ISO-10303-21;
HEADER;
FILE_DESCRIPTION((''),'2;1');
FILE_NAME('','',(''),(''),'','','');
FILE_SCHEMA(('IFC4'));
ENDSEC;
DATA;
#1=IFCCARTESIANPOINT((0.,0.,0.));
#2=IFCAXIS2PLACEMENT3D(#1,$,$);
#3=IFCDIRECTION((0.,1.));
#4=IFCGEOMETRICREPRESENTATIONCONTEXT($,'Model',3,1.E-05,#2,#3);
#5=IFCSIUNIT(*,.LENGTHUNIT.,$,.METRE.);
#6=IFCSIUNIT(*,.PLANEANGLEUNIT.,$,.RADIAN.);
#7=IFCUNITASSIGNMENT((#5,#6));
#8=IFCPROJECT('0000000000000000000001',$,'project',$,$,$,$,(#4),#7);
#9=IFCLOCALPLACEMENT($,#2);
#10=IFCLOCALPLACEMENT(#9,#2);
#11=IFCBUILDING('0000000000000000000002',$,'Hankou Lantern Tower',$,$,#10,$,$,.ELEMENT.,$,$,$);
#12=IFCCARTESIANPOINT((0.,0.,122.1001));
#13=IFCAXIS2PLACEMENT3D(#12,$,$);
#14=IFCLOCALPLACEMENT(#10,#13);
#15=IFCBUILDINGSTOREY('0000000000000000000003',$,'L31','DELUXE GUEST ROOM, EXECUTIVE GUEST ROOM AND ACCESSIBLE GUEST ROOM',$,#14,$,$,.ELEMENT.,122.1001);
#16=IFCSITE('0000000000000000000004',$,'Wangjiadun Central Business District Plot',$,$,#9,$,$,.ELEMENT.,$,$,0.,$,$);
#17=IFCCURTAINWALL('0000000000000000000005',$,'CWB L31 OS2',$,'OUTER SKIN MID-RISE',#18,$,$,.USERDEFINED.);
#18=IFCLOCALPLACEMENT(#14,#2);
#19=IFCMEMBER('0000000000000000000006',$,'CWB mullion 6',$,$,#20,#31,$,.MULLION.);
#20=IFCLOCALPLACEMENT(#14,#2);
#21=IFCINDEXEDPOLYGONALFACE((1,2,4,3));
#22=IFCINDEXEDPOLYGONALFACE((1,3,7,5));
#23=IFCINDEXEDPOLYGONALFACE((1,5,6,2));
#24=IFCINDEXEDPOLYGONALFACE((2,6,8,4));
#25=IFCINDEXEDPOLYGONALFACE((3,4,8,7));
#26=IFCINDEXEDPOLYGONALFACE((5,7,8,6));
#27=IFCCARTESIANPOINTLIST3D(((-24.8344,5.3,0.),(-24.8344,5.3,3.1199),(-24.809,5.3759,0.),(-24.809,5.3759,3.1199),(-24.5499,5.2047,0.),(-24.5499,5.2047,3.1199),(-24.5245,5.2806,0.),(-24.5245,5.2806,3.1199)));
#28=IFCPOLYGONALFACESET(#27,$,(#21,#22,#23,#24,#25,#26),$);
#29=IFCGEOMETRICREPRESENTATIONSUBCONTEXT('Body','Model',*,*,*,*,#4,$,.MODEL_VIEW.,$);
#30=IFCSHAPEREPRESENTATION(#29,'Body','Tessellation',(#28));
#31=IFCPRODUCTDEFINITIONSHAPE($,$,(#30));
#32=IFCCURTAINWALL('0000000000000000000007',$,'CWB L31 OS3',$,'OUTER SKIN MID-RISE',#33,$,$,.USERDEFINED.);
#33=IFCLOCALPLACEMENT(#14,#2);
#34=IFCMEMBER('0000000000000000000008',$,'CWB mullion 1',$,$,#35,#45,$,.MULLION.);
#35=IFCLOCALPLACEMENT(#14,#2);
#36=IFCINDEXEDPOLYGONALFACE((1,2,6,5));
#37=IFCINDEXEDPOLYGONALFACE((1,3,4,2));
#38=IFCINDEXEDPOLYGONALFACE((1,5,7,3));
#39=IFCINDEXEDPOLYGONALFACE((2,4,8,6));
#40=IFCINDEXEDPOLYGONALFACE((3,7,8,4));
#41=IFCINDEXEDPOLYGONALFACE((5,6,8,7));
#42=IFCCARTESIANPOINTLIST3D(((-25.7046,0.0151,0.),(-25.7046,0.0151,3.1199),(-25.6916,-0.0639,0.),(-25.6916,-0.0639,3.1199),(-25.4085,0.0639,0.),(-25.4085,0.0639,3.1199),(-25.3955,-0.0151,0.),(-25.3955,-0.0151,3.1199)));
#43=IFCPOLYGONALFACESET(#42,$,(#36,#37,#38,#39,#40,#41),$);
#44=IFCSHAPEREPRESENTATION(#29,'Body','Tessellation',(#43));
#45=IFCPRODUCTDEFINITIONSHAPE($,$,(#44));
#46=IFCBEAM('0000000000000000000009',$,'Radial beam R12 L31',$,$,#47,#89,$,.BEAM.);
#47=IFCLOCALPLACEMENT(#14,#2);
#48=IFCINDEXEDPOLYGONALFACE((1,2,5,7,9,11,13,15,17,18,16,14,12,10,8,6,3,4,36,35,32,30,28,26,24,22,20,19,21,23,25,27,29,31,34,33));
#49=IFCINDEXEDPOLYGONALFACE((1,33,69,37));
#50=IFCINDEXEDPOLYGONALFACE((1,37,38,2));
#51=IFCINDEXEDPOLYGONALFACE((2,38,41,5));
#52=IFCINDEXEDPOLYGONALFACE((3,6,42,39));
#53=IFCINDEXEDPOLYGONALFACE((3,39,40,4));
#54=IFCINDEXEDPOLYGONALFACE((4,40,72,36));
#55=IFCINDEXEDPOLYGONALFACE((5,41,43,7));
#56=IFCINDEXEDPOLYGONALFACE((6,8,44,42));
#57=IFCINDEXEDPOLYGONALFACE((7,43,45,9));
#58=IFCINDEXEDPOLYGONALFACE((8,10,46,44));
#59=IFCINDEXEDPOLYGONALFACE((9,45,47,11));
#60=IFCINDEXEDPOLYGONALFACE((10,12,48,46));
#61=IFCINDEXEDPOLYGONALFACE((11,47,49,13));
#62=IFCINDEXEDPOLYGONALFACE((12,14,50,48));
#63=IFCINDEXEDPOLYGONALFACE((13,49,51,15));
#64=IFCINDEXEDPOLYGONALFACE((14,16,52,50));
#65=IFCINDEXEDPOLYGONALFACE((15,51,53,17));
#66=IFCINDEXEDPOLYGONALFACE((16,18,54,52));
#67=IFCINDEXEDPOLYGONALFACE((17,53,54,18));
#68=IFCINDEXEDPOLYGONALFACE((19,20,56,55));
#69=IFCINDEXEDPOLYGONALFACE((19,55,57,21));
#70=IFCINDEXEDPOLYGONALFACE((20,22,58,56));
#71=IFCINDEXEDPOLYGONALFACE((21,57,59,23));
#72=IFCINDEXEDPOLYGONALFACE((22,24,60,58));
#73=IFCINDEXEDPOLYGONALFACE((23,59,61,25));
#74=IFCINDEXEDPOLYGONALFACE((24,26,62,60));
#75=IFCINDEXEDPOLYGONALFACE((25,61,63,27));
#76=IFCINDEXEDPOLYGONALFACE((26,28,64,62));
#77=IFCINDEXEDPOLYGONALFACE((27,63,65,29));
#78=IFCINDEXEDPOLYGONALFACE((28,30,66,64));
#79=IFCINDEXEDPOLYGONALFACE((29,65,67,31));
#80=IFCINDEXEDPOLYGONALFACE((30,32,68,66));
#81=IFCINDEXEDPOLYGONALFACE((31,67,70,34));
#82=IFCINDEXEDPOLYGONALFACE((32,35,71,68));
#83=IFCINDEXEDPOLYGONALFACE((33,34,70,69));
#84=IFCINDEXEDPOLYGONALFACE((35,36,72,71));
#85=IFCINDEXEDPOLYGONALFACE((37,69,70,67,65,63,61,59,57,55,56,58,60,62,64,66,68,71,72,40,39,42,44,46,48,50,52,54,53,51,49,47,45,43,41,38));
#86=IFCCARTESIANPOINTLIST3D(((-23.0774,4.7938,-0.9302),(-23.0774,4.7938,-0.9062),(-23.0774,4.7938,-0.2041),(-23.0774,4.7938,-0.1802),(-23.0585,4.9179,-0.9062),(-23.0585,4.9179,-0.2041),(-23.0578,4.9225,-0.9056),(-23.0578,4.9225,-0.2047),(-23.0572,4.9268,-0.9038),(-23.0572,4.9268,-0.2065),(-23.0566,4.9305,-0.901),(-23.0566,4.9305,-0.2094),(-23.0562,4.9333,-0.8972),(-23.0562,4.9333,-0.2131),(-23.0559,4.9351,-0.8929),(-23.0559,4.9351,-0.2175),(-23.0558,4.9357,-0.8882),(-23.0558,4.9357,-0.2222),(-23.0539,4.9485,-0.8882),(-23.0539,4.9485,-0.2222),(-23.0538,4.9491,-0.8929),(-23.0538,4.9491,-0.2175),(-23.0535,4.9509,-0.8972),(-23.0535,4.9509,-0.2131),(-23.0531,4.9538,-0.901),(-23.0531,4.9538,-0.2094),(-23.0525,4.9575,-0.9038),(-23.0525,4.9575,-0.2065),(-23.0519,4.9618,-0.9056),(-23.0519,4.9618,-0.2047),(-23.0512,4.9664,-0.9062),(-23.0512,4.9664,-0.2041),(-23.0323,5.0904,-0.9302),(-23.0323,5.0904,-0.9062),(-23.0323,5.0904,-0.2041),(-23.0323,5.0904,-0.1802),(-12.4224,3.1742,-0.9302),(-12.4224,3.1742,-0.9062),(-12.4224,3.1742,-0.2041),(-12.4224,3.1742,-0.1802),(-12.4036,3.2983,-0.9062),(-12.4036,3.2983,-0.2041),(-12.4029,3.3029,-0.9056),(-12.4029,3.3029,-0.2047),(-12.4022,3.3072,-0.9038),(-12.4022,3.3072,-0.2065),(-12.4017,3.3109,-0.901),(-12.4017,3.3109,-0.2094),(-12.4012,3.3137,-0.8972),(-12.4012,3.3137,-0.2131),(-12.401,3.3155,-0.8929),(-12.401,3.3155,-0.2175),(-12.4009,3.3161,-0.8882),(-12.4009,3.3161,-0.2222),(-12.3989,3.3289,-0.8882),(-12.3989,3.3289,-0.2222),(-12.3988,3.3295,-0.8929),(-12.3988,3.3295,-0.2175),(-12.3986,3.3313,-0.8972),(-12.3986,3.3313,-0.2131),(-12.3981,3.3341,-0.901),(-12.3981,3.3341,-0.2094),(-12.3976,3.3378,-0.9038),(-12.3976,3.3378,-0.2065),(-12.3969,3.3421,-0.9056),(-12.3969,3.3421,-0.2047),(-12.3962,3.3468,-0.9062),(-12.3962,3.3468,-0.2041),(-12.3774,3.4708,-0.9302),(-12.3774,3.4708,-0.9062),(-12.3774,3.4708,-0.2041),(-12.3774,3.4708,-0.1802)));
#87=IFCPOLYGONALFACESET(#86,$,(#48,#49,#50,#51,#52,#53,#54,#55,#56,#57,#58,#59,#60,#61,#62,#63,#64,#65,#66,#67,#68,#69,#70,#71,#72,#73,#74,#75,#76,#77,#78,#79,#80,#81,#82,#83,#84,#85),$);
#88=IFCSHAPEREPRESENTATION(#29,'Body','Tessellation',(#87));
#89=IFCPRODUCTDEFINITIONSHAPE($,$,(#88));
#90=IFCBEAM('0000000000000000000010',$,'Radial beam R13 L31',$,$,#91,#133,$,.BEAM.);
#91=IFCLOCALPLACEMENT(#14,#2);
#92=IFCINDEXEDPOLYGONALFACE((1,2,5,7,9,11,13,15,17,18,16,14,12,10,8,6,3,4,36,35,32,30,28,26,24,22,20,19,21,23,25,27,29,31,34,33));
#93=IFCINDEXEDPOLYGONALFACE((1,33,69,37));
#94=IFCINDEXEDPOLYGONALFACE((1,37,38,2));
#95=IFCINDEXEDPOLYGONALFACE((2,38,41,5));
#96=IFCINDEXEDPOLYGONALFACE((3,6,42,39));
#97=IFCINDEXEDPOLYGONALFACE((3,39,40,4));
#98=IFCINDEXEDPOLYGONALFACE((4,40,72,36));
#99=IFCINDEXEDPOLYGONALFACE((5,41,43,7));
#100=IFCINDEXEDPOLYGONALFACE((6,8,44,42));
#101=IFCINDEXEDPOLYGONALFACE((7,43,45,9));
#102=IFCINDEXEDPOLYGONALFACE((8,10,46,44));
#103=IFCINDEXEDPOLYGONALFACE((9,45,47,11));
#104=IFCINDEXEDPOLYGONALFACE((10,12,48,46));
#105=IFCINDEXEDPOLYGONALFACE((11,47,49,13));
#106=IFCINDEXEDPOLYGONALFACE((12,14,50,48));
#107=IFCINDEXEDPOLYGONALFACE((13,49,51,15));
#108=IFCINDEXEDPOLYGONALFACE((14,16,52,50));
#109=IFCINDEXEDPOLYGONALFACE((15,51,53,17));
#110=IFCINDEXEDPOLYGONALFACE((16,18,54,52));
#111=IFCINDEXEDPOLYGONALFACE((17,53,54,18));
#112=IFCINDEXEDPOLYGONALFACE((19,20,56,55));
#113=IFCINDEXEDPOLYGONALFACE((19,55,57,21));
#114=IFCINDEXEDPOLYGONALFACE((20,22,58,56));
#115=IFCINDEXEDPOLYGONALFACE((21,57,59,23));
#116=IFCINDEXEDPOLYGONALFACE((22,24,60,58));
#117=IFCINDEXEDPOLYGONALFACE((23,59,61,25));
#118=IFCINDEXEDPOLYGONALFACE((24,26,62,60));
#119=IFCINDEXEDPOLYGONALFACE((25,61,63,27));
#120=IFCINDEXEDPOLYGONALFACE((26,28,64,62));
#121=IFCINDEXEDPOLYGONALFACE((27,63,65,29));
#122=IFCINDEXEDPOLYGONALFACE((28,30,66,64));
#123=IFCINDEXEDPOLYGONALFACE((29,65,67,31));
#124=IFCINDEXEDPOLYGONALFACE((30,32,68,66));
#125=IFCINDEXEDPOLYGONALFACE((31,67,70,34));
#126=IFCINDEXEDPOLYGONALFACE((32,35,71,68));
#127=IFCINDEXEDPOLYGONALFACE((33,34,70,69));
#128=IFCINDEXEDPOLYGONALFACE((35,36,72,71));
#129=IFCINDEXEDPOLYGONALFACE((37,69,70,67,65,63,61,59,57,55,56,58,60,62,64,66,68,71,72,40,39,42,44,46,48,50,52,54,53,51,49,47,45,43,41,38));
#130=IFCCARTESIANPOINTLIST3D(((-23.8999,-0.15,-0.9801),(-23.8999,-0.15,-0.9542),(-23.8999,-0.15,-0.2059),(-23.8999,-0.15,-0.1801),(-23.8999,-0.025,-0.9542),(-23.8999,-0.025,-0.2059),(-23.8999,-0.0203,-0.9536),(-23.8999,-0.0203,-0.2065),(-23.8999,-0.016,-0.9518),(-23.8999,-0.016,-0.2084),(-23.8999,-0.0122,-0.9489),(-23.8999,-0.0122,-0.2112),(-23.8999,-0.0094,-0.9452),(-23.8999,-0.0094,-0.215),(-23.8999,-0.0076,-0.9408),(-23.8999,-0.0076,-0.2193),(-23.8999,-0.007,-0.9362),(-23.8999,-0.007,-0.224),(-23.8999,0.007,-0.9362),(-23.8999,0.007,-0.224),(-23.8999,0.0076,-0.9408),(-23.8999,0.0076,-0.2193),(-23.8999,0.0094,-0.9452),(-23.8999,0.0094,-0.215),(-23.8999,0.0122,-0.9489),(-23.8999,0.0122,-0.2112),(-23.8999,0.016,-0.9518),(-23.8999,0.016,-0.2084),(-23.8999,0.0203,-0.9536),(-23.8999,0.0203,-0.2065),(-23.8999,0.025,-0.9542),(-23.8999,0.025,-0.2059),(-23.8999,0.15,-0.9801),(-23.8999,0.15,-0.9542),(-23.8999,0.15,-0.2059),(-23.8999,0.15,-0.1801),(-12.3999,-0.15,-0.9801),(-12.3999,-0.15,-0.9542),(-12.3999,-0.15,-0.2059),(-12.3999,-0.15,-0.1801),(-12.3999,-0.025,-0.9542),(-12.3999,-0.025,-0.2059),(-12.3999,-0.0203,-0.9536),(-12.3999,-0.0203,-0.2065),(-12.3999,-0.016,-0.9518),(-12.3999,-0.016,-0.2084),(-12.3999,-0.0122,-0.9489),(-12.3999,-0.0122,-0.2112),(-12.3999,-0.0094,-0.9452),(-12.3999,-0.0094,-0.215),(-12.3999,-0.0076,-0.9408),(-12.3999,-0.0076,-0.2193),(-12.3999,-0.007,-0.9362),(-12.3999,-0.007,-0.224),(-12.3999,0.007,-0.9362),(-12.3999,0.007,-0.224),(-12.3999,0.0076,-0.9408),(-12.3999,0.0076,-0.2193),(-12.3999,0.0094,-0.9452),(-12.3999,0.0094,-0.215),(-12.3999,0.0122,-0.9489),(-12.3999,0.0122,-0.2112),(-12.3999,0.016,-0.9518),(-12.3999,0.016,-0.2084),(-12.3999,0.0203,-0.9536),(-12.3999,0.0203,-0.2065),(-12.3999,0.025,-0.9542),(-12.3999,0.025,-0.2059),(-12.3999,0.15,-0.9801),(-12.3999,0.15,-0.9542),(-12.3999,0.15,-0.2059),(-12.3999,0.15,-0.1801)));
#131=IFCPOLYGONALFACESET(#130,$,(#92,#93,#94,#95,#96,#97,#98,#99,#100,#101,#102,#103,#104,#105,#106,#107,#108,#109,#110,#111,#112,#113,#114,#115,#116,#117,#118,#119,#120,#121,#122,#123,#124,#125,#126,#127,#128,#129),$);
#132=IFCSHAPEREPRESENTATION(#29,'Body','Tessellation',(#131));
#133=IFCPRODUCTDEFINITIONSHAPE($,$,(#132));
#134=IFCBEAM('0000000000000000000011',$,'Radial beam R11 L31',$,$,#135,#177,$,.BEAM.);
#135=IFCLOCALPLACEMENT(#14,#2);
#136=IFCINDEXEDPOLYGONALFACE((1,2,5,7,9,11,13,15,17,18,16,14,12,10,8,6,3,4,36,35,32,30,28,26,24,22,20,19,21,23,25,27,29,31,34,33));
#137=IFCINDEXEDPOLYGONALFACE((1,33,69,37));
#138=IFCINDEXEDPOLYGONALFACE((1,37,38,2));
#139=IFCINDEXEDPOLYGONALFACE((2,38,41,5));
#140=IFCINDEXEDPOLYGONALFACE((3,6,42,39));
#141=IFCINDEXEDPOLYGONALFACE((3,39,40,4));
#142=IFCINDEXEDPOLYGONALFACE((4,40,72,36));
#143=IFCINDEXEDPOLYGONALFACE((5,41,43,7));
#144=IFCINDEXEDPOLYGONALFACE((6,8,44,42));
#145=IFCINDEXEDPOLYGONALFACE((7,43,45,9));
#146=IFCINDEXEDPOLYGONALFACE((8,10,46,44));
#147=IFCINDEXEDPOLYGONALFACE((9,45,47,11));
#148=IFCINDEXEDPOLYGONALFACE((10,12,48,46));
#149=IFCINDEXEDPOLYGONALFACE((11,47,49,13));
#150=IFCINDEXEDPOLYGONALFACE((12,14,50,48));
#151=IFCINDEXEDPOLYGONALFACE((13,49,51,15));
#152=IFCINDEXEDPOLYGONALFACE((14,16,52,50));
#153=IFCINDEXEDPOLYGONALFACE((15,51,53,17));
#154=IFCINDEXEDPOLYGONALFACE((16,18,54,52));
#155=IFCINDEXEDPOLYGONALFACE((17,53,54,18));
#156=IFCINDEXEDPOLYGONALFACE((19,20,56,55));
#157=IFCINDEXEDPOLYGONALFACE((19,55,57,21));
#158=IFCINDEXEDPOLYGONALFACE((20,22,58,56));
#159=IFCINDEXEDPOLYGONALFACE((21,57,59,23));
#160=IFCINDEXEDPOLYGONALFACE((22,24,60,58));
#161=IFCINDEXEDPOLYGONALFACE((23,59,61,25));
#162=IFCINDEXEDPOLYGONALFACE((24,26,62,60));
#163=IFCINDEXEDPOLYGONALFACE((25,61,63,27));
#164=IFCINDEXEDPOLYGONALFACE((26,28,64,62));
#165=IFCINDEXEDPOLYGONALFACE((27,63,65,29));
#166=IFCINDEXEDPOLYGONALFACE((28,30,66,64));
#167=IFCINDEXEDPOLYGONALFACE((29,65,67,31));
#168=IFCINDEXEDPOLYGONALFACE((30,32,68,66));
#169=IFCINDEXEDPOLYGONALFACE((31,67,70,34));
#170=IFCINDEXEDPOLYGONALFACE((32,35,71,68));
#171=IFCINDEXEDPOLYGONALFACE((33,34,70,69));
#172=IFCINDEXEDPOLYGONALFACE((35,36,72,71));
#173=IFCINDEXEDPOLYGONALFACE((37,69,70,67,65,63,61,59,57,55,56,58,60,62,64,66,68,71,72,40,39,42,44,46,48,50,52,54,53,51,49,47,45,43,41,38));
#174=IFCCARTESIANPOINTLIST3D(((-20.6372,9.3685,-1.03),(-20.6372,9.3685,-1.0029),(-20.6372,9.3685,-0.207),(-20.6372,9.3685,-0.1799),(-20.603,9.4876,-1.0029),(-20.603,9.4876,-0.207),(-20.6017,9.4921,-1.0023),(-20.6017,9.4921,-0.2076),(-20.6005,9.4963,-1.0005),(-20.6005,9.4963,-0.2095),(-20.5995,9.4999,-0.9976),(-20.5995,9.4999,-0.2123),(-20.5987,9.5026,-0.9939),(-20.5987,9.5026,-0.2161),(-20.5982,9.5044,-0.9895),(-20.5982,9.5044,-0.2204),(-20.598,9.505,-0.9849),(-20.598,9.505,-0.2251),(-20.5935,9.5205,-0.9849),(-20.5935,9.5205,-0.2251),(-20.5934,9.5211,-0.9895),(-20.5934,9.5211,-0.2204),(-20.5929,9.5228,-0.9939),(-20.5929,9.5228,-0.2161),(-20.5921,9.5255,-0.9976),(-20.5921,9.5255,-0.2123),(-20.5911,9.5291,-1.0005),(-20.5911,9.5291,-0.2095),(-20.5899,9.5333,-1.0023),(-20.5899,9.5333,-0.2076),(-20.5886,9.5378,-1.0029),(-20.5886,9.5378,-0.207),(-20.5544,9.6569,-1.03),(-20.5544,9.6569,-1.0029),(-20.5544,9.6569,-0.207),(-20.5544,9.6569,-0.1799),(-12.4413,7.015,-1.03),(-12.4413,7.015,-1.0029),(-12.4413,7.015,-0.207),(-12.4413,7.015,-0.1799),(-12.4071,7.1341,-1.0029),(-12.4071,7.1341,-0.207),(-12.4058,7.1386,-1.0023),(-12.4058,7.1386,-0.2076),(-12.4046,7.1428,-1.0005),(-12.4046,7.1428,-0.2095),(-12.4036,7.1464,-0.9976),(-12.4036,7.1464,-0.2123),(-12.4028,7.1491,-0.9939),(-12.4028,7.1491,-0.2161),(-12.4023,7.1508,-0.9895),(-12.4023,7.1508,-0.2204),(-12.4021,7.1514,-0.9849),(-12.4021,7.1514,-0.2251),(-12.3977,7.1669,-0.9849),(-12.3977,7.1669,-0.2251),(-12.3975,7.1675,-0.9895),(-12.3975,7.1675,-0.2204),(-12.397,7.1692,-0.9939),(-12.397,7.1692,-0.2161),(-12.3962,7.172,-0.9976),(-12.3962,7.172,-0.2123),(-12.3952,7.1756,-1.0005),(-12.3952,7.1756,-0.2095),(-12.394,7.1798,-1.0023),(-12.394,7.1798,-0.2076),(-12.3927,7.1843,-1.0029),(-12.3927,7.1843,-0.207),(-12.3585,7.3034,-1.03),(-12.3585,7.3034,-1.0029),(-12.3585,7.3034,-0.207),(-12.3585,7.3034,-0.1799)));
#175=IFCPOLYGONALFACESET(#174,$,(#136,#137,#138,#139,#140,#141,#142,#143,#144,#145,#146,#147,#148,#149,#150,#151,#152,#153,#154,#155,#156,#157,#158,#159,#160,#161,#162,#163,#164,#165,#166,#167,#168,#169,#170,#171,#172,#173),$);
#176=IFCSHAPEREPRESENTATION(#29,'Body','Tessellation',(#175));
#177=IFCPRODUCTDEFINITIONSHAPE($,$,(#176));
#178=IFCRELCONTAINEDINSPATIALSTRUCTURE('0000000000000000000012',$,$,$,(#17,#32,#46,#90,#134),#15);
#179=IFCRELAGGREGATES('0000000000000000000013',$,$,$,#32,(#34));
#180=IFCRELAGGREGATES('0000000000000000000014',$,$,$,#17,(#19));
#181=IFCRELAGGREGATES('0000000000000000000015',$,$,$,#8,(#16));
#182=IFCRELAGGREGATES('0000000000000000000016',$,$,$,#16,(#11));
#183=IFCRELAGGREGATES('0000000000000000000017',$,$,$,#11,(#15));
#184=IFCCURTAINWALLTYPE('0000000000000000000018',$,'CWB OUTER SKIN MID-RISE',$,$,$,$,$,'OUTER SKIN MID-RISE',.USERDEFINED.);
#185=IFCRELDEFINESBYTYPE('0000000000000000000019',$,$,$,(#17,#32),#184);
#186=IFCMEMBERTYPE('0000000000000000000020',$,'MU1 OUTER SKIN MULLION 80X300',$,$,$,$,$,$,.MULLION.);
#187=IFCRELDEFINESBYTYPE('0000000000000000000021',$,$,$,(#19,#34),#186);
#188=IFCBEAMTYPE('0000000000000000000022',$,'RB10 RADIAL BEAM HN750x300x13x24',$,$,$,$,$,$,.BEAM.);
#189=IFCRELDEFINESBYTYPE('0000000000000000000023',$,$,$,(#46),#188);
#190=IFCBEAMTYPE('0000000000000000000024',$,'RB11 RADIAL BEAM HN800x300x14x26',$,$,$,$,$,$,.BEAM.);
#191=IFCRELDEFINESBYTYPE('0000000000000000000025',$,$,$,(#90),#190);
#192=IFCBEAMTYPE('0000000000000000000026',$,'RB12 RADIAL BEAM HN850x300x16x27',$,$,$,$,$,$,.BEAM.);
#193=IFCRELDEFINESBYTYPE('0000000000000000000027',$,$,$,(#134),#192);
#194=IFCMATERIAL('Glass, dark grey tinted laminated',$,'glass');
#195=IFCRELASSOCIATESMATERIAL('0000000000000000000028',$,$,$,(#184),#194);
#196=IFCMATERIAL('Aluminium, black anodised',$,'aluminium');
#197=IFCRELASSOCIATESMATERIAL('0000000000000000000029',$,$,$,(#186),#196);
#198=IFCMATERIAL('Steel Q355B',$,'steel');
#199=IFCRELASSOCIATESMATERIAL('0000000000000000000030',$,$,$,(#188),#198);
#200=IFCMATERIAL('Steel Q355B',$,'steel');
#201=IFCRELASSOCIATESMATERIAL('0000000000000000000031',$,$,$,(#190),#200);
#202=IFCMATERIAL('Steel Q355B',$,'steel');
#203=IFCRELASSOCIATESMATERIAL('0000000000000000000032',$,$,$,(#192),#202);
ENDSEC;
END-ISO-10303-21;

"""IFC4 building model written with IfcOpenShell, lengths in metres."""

from ifc_helpers import new_model, si_unit, direction, frame, origin, origin_2d, place, context, subcontext, project, spatial, rectangle, i_section, extrude, material, material_profile, profile_set, type_object, element, aggregate, save


model = new_model("IFC4")

# Units and contexts
model_context = context("Model", 3, precision=1e-05, world=origin(), true_north=direction((0.0, 1.0)))
body_context = subcontext(model_context, "Body", "Model", "MODEL_VIEW")
ifc_project = project(units=[si_unit("LENGTHUNIT", "METRE"), si_unit("PLANEANGLEUNIT", "RADIAN")], contexts=[model_context])

# Site, building, storey
site_placement = place(None, origin())
site = spatial("IfcSite", under=ifc_project, at=site_placement, Name="Wangjiadun Central Business District Plot", CompositionType="ELEMENT", RefElevation=0.0)
building_placement = place(site_placement, origin())
building = spatial("IfcBuilding", under=site, at=building_placement, Name="Hankou Lantern Tower", CompositionType="ELEMENT")
storey_placement = place(building_placement, frame((0.0, 0.0, 122.1001)))
storey = spatial("IfcBuildingStorey", under=building, at=storey_placement, Name="L31", Description="DELUXE GUEST ROOM, EXECUTIVE GUEST ROOM AND ACCESSIBLE GUEST ROOM", CompositionType="ELEMENT", Elevation=122.1001)

# Curtain walls, members
ifc_material_1 = material(Name="Glass, dark grey tinted laminated", Category="glass")
curtain_wall_type = type_object("IfcCurtainWallType", Name="CWB OUTER SKIN MID-RISE", ElementType="OUTER SKIN MID-RISE", PredefinedType="USERDEFINED", material=ifc_material_1)
curtain_wall_1_placement = place(storey_placement, origin())
curtain_wall_1 = element("IfcCurtainWall", 1, at=curtain_wall_1_placement, inside=storey, type_object=curtain_wall_type, Name="CWB L31 OS2", ObjectType="OUTER SKIN MID-RISE", PredefinedType="USERDEFINED")
ifc_material_2 = material(Name="Aluminium, black anodised", Category="aluminium")
ifc_material_profile_1 = material_profile(ifc_material_2, rectangle(XDim=0.0801, YDim=0.3, at=origin_2d()), Name="MU1 80X300")
ifc_profile_set_1 = profile_set([ifc_material_profile_1], Name="Aluminium, black anodised")
member_type_1 = type_object("IfcMemberType", Name="MU1 OUTER SKIN MULLION 80X300", PredefinedType="MULLION", material=ifc_profile_set_1)
member_1_placement = place(storey_placement, frame((-24.6794, 5.2903, 0.0), z_axis=(0.0, 0.0, 1.0), x_axis=(-0.317596, -0.948226, 0.0)))
member_1 = element("IfcMember", 2, at=member_1_placement, type_object=member_type_1, Name="CWB mullion 6", PredefinedType="MULLION", context=body_context, shape_type="SweptSolid", body=[
    extrude(rectangle(XDim=0.0801, YDim=0.3, at=origin_2d()), origin(), (0.0, 0.0, 1.0), 3.1199),
])
curtain_wall_2_placement = place(storey_placement, origin())
curtain_wall_2 = element("IfcCurtainWall", 3, at=curtain_wall_2_placement, inside=storey, type_object=curtain_wall_type, Name="CWB L31 OS3", ObjectType="OUTER SKIN MID-RISE", PredefinedType="USERDEFINED")
member_2_placement = place(storey_placement, frame((-25.55, 0.0, 0.0), z_axis=(0.0, 0.0, 1.0), x_axis=(0.162382, -0.986728, 0.0)))
member_2 = element("IfcMember", 4, at=member_2_placement, type_object=member_type_1, Name="CWB mullion 1", PredefinedType="MULLION", context=body_context, shape_type="SweptSolid", body=[
    extrude(rectangle(XDim=0.0801, YDim=0.3, at=origin_2d()), origin(), (0.0, 0.0, 1.0), 3.1199),
])
aggregate(curtain_wall_2, [member_2])

# Beams
ifc_material_3 = material(Name="Steel Q355B", Category="steel")
ifc_material_profile_2 = material_profile(ifc_material_3, i_section(OverallWidth=0.3, OverallDepth=0.75, WebThickness=0.0129, FlangeThickness=0.0239, FilletRadius=0.0181, at=origin_2d()), Name="HN750x300x13x24")
ifc_profile_set_2 = profile_set([ifc_material_profile_2], Name="Steel Q355B")
beam_type_1 = type_object("IfcBeamType", Name="RB10 RADIAL BEAM HN750x300x13x24", PredefinedType="BEAM", material=ifc_profile_set_2)
beam_1_placement = place(storey_placement, frame((-12.3999, 3.3225, -0.5552), z_axis=(-0.988644, 0.15028, 0.0), x_axis=(-0.15028, -0.988644, 0.0)))
element("IfcBeam", 5, at=beam_1_placement, inside=storey, type_object=beam_type_1, Name="Radial beam R12 L31", PredefinedType="BEAM", context=body_context, shape_type="SweptSolid", body=[
    extrude(i_section(OverallWidth=0.3, OverallDepth=0.75, WebThickness=0.0129, FlangeThickness=0.0239, FilletRadius=0.0181, at=origin_2d()), origin(), (0.0, 0.0, 1.0), 10.7773),
])
ifc_material_4 = material(Name="Steel Q355B", Category="steel")
ifc_material_profile_3 = material_profile(ifc_material_4, i_section(OverallWidth=0.3, OverallDepth=0.8, WebThickness=0.0139, FlangeThickness=0.0259, FilletRadius=0.0181, at=origin_2d()), Name="HN800x300x14x26")
ifc_profile_set_3 = profile_set([ifc_material_profile_3], Name="Steel Q355B")
beam_type_2 = type_object("IfcBeamType", Name="RB11 RADIAL BEAM HN800x300x14x26", PredefinedType="BEAM", material=ifc_profile_set_3)
beam_2_placement = place(storey_placement, frame((-12.3999, 0.0, -0.5801), z_axis=(-1.0, 0.0, 0.0), x_axis=(0.0, -1.0, 0.0)))
element("IfcBeam", 6, at=beam_2_placement, inside=storey, type_object=beam_type_2, Name="Radial beam R13 L31", PredefinedType="BEAM", context=body_context, shape_type="SweptSolid", body=[
    extrude(i_section(OverallWidth=0.3, OverallDepth=0.8, WebThickness=0.0139, FlangeThickness=0.0259, FilletRadius=0.0181, at=origin_2d()), origin(), (0.0, 0.0, 1.0), 11.5),
])
ifc_material_5 = material(Name="Steel Q355B", Category="steel")
ifc_material_profile_4 = material_profile(ifc_material_5, i_section(OverallWidth=0.3, OverallDepth=0.8501, WebThickness=0.0161, FlangeThickness=0.0271, FilletRadius=0.0181, at=origin_2d()), Name="HN850x300x16x27")
ifc_profile_set_4 = profile_set([ifc_material_profile_4], Name="Steel Q355B")
beam_type_3 = type_object("IfcBeamType", Name="RB12 RADIAL BEAM HN850x300x16x27", PredefinedType="BEAM", material=ifc_profile_set_4)
beam_3_placement = place(storey_placement, frame((-12.3999, 7.1592, -0.605), z_axis=(-0.961156, 0.276007, 0.0), x_axis=(-0.276007, -0.961156, 0.0)))
element("IfcBeam", 7, at=beam_3_placement, inside=storey, type_object=beam_type_3, Name="Radial beam R11 L31", PredefinedType="BEAM", context=body_context, shape_type="SweptSolid", body=[
    extrude(i_section(OverallWidth=0.3, OverallDepth=0.8501, WebThickness=0.0161, FlangeThickness=0.0271, FilletRadius=0.0181, at=origin_2d()), origin(), (0.0, 0.0, 1.0), 8.5271),
])

aggregate(curtain_wall_1, [member_1])

save(model, "model.ifc")
